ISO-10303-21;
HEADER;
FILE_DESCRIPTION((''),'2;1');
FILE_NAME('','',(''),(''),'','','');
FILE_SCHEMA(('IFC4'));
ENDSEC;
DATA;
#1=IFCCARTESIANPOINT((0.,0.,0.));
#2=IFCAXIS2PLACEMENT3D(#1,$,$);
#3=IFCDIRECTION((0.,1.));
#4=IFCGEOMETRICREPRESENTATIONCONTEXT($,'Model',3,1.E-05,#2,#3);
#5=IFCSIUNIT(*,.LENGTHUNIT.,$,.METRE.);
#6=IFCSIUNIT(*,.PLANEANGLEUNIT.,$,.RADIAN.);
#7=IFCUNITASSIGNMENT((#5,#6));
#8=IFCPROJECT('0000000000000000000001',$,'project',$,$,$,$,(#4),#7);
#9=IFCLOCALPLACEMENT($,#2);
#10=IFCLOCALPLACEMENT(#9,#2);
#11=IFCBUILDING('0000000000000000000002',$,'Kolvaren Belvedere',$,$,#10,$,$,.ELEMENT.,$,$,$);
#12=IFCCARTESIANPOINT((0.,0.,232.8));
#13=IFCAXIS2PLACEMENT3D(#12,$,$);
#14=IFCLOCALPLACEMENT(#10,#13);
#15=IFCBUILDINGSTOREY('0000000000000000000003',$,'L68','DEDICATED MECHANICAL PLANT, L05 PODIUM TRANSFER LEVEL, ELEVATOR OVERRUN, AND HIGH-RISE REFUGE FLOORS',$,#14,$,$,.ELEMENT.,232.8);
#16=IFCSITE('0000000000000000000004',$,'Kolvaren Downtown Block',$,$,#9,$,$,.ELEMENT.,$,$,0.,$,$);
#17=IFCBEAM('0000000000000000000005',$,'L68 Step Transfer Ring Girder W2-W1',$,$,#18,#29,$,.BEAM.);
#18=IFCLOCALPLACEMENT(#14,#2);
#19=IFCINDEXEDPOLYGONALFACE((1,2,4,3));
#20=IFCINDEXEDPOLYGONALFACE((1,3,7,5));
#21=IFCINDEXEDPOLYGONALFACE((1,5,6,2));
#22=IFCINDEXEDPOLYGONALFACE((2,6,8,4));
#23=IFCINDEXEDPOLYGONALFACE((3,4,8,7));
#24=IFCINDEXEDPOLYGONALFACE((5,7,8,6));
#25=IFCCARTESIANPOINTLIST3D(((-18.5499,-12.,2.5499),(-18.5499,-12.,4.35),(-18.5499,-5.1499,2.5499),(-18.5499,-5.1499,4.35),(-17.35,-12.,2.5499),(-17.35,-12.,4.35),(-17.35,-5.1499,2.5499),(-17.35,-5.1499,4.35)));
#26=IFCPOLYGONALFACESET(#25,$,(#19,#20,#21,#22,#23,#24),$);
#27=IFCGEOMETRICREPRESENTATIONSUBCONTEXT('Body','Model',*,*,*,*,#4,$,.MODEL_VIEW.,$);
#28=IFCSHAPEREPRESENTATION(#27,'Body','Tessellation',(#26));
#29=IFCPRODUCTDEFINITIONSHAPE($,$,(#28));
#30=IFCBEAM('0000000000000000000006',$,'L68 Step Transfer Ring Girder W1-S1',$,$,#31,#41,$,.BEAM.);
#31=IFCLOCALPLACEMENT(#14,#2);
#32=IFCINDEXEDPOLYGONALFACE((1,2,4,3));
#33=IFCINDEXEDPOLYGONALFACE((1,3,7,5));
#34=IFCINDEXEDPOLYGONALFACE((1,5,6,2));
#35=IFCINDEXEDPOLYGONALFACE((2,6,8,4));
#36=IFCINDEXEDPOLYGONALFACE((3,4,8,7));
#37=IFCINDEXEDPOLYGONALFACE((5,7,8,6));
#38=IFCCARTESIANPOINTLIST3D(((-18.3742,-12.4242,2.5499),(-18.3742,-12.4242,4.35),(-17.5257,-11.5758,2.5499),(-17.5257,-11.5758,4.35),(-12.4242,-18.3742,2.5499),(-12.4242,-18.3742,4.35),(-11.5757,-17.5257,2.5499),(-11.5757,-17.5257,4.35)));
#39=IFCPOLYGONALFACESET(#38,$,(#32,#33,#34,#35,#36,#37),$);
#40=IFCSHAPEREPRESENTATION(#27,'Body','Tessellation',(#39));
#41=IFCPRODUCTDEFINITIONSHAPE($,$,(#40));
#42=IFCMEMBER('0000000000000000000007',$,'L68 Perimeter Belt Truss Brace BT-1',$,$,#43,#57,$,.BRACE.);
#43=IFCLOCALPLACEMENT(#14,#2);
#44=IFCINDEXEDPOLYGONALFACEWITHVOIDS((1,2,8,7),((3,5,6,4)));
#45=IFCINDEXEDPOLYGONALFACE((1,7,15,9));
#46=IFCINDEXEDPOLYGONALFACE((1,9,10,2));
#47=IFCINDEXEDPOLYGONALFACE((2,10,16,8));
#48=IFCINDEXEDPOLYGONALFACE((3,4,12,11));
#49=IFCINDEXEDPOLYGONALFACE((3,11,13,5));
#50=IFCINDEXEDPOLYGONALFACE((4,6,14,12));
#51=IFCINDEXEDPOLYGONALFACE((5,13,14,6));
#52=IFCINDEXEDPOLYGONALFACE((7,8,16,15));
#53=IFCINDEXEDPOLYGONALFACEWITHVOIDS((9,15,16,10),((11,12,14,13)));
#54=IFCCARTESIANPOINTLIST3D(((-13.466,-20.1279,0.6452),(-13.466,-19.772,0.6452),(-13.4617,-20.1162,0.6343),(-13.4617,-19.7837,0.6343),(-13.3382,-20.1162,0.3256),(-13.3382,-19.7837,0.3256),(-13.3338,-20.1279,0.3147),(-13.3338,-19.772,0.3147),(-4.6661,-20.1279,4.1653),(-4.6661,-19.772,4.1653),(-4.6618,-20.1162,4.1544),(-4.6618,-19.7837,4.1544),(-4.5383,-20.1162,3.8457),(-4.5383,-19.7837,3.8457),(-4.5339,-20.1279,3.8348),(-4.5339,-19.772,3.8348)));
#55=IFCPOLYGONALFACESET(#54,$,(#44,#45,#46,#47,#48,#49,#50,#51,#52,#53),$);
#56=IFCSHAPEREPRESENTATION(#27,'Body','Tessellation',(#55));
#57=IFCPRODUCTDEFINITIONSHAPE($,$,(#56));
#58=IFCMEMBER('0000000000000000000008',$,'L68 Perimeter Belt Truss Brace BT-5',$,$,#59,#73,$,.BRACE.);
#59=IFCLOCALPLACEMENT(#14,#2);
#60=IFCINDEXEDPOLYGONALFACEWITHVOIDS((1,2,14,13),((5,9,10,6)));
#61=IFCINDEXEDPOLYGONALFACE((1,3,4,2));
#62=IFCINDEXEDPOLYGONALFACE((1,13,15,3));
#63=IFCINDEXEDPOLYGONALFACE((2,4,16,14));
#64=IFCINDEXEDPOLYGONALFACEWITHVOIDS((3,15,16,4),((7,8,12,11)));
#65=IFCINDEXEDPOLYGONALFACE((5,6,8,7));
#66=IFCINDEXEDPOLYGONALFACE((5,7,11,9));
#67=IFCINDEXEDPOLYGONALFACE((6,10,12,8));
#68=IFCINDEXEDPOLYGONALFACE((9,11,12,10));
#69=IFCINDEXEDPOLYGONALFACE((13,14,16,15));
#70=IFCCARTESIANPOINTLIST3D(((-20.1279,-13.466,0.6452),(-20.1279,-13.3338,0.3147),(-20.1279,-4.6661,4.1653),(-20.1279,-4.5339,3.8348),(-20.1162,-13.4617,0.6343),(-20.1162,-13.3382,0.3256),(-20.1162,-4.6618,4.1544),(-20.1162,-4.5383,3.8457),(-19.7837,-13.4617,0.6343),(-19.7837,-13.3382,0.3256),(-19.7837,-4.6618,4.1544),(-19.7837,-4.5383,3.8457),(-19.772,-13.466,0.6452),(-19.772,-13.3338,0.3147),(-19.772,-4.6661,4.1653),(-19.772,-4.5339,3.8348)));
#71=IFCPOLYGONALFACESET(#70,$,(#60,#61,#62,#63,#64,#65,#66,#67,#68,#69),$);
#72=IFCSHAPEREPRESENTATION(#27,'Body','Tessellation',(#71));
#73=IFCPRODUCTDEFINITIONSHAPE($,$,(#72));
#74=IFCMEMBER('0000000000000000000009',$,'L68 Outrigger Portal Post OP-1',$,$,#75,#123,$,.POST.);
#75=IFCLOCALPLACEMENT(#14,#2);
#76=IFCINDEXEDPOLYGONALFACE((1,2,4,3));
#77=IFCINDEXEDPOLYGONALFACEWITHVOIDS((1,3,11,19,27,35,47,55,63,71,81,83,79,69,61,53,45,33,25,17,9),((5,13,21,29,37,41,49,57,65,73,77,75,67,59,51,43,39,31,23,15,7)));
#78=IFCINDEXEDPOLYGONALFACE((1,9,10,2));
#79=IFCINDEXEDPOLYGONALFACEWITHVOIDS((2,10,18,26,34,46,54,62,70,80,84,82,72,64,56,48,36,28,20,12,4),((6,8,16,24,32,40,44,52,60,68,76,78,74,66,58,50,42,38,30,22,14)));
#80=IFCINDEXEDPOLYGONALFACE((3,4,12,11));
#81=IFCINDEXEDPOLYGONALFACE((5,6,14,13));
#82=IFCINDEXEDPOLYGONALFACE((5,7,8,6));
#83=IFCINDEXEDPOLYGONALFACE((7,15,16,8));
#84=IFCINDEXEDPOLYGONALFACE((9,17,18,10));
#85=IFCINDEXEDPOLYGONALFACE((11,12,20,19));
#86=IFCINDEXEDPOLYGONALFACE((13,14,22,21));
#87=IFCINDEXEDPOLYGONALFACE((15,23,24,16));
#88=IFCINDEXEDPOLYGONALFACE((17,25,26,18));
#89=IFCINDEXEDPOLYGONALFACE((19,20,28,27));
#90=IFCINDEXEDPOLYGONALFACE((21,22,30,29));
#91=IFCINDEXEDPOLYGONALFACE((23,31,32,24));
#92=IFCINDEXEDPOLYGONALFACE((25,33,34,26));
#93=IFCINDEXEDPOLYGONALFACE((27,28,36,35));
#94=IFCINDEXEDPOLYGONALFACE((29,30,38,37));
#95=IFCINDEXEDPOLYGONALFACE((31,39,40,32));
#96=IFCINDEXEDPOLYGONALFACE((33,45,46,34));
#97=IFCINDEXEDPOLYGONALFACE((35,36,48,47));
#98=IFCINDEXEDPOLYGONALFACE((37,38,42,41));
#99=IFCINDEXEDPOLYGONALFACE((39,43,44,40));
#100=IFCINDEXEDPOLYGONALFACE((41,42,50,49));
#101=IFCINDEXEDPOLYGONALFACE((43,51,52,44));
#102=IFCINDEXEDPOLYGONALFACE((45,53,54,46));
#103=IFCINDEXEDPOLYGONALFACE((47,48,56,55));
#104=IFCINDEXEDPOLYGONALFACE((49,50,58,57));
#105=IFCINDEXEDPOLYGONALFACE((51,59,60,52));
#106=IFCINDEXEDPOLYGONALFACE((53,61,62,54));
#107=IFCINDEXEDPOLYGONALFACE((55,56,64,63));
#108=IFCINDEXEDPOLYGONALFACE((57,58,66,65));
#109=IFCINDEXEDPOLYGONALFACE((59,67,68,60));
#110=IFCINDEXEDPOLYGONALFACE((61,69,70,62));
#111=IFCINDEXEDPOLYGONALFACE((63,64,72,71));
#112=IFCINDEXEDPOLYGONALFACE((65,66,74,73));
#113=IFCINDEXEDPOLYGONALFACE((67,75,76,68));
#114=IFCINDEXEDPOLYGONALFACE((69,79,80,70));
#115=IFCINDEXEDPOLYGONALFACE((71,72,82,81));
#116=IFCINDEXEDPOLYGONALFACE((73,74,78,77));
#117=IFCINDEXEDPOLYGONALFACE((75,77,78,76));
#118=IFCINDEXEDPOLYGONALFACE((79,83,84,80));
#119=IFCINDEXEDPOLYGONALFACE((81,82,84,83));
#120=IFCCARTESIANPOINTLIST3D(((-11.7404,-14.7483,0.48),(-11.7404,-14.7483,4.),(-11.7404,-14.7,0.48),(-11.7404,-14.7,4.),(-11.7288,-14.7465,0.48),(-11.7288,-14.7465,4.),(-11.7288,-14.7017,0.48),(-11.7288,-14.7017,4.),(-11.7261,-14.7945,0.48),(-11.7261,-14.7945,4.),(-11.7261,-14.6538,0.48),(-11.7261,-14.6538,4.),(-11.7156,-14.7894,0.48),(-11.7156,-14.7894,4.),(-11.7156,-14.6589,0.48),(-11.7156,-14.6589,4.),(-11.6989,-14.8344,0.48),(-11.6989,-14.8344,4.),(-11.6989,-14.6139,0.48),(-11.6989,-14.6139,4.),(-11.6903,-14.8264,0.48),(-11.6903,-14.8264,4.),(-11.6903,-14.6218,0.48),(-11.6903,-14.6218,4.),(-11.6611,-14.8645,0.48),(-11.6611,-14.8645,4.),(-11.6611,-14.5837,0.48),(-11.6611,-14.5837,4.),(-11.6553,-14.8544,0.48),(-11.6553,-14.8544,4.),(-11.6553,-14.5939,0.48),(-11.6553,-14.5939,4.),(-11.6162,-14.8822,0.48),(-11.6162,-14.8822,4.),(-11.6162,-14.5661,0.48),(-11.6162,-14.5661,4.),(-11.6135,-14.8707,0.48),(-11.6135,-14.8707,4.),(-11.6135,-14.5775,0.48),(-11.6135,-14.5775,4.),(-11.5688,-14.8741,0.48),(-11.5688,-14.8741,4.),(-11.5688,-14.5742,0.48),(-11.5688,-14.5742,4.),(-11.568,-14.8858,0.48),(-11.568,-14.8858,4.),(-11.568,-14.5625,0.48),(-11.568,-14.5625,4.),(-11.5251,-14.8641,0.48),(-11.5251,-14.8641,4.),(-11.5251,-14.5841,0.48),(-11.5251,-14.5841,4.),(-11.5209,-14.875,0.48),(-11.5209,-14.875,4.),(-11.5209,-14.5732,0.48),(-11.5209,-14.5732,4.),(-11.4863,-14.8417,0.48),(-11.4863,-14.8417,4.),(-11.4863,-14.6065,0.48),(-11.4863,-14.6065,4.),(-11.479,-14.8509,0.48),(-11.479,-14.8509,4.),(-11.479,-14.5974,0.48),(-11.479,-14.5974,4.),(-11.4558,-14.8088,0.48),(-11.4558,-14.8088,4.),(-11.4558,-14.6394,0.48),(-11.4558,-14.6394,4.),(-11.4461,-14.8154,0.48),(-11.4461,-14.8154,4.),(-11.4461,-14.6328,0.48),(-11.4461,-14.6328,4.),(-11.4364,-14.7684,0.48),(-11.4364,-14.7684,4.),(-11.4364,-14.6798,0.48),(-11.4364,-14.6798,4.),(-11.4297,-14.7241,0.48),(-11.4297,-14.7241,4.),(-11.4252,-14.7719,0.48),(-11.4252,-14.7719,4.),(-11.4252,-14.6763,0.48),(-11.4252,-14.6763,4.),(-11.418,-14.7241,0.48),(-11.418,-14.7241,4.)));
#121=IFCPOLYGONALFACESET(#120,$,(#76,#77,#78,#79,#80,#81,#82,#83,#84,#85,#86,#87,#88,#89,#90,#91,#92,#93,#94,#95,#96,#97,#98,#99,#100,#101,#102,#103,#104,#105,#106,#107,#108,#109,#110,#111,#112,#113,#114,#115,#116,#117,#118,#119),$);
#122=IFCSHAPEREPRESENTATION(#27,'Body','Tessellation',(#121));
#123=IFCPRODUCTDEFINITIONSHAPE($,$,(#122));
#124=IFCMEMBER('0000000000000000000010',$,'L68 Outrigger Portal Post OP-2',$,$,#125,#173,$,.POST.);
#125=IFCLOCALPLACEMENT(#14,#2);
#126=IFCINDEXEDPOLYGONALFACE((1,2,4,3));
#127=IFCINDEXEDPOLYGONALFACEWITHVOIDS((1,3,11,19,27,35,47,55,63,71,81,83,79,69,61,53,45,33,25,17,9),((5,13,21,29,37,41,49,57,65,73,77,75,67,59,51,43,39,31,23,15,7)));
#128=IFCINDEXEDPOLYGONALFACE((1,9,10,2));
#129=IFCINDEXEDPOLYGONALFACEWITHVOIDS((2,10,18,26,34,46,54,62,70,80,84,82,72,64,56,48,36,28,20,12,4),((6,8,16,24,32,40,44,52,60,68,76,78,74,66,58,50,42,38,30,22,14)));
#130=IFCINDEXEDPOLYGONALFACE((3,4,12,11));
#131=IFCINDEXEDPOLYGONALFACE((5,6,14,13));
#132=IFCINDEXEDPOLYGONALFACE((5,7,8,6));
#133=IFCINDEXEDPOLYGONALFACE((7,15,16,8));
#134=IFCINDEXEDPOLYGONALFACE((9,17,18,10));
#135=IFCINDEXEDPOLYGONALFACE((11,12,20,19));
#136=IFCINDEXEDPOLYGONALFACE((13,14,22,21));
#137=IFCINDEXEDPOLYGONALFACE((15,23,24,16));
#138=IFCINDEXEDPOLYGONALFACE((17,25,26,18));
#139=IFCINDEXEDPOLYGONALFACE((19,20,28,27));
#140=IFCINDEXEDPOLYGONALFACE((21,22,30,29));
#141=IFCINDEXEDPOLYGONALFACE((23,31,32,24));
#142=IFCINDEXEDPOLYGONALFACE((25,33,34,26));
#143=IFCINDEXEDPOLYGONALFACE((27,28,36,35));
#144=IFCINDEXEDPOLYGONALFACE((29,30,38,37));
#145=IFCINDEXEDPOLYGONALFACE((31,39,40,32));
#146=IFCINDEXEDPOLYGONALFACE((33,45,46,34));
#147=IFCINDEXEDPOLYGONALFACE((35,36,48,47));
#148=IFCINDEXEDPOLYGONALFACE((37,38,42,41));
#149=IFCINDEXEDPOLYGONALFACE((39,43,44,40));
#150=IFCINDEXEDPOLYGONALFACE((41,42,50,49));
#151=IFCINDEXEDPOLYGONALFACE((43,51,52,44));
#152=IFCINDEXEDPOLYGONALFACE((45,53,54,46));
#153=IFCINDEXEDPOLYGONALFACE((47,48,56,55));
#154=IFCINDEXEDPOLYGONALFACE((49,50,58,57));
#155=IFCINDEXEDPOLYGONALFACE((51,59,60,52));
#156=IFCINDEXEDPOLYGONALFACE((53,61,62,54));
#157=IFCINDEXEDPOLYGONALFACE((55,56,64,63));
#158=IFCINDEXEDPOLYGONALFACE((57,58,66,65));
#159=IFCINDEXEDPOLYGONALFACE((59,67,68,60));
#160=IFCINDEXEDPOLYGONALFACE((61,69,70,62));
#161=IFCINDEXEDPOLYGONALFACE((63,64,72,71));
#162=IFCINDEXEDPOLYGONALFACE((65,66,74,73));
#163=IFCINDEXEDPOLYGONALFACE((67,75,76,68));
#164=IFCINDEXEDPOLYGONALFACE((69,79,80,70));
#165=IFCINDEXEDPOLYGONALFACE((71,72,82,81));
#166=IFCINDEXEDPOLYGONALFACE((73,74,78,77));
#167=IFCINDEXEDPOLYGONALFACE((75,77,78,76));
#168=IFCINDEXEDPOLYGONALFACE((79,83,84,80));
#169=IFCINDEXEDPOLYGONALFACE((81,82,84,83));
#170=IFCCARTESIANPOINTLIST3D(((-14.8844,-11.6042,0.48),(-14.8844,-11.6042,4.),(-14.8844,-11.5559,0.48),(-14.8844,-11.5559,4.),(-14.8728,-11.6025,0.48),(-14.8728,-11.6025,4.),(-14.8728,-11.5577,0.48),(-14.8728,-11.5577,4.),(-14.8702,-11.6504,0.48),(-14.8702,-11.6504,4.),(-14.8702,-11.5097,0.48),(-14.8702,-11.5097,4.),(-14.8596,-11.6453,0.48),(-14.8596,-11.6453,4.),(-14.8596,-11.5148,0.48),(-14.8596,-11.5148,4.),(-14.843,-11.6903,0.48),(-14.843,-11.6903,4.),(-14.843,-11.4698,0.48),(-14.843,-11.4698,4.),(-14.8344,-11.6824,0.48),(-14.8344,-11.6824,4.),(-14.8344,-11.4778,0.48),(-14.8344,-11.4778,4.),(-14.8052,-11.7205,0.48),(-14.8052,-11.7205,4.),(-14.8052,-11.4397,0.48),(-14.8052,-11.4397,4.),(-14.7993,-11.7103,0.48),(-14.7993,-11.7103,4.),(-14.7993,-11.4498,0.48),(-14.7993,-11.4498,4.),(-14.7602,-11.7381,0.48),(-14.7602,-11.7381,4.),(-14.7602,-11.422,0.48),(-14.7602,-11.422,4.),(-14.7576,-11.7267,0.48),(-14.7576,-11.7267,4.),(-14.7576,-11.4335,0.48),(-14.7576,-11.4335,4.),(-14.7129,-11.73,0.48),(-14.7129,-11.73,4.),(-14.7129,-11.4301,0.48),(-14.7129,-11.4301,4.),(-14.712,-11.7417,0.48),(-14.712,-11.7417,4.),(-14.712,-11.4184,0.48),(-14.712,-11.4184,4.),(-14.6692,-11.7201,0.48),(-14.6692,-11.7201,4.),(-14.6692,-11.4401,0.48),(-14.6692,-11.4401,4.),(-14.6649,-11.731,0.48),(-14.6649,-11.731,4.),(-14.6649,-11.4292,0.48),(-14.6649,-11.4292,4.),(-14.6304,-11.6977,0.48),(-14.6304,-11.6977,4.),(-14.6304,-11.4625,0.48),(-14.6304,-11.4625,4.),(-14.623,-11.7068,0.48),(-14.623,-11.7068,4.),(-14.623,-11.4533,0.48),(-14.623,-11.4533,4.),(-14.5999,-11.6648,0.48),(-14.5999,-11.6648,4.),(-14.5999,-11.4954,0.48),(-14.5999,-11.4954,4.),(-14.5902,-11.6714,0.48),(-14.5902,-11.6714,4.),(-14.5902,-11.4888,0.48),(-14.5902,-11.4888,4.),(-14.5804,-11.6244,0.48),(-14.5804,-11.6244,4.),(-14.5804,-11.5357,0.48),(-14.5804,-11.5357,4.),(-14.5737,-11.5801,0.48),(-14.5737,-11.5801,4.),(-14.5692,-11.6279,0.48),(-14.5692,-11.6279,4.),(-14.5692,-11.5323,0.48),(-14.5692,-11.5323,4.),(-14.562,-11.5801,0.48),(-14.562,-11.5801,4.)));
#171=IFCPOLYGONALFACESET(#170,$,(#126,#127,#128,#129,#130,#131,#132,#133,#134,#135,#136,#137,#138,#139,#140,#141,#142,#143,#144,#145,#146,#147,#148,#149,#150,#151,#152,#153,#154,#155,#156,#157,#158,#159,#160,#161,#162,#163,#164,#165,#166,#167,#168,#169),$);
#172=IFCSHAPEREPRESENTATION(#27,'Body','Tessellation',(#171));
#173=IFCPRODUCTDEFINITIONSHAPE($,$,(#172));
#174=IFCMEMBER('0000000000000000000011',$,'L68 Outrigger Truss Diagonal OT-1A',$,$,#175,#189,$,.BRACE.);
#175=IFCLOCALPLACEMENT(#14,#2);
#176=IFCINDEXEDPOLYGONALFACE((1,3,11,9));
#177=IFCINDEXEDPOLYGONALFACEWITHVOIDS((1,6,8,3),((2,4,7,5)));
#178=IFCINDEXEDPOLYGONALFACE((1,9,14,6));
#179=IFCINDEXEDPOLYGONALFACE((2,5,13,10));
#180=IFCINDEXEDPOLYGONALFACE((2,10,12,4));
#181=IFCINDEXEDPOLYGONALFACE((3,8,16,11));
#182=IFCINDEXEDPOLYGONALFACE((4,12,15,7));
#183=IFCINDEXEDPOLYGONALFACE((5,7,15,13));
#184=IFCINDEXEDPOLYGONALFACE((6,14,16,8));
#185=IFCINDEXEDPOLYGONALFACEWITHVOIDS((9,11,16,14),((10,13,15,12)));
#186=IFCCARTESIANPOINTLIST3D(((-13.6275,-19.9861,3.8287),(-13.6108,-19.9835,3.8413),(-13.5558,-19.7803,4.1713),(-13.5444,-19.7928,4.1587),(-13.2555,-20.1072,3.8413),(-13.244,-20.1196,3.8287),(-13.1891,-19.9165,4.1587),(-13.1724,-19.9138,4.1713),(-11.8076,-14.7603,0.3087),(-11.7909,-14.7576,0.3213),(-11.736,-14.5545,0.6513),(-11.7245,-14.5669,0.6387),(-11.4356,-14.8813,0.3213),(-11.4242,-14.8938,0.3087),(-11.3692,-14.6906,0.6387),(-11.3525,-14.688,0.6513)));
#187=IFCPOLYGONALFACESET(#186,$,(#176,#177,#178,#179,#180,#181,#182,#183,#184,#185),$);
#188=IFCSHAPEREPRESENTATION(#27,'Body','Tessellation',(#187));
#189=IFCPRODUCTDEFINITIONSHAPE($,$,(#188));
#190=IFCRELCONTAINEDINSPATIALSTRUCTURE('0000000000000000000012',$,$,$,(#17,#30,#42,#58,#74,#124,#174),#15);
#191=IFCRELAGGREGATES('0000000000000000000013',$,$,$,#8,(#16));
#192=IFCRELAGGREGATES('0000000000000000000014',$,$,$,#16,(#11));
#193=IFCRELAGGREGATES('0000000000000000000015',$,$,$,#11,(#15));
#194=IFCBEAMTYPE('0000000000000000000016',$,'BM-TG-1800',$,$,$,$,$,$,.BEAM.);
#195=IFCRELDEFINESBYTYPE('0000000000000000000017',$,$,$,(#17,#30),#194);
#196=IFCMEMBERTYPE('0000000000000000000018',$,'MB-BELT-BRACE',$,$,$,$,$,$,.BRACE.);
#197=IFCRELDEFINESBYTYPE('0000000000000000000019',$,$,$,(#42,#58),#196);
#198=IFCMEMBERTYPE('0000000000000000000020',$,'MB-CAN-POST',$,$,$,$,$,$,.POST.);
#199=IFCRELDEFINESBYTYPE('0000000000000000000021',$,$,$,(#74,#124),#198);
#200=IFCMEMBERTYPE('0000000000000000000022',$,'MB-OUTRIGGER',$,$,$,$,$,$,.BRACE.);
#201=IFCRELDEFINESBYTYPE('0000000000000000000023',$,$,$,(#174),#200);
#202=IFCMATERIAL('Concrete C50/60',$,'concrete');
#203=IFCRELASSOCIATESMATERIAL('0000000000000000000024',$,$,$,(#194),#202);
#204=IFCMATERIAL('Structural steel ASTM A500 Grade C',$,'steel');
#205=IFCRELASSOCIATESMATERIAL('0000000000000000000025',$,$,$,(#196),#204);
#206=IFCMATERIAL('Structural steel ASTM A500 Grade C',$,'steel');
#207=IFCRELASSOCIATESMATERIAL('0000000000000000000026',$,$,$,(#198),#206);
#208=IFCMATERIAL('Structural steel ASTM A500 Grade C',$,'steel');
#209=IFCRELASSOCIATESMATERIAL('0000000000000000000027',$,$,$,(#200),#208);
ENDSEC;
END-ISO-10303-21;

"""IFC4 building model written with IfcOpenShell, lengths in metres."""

from ifc_helpers import new_model, si_unit, direction, frame, origin, origin_2d, place, context, subcontext, project, spatial, rectangle, hollow_rectangle, hollow_circle, extrude, material, material_profile, profile_set, type_object, element, save


model = new_model("IFC4")

# Units and contexts
model_context = context("Model", 3, precision=1e-05, world=origin(), true_north=direction((0.0, 1.0)))
body_context = subcontext(model_context, "Body", "Model", "MODEL_VIEW")
ifc_project = project(units=[si_unit("LENGTHUNIT", "METRE"), si_unit("PLANEANGLEUNIT", "RADIAN")], contexts=[model_context])

# Site, building, storey
site_placement = place(None, origin())
site = spatial("IfcSite", under=ifc_project, at=site_placement, Name="Kolvaren Downtown Block", CompositionType="ELEMENT", RefElevation=0.0)
building_placement = place(site_placement, origin())
building = spatial("IfcBuilding", under=site, at=building_placement, Name="Kolvaren Belvedere", CompositionType="ELEMENT")
storey_placement = place(building_placement, frame((0.0, 0.0, 232.8)))
storey = spatial("IfcBuildingStorey", under=building, at=storey_placement, Name="L68", Description="DEDICATED MECHANICAL PLANT, L05 PODIUM TRANSFER LEVEL, ELEVATOR OVERRUN, AND HIGH-RISE REFUGE FLOORS", CompositionType="ELEMENT", Elevation=232.8)

# Beams
ifc_material_1 = material(Name="Concrete C50/60", Category="concrete")
ifc_material_profile_1 = material_profile(ifc_material_1, rectangle(XDim=1.2, YDim=1.8, at=origin_2d()), Name="RC 1200X1800")
ifc_profile_set_1 = profile_set([ifc_material_profile_1], Name="Concrete C50/60")
beam_type_1 = type_object("IfcBeamType", Name="BM-TG-1800", PredefinedType="BEAM", material=ifc_profile_set_1)
for number, where, z_axis, x_axis, name in (
    (1, (-17.95, -5.1499, 3.45), (0.0, -1.0, 0.0), (1.0, 0.0, 0.0), "L68 Step Transfer Ring Girder W2-W1"),
):
    element("IfcBeam", number, at=place(storey_placement, frame(where, z_axis=z_axis, x_axis=x_axis)), inside=storey, type_object=beam_type_1, Name=name, PredefinedType="BEAM", context=body_context, shape_type="SweptSolid", body=[
        extrude(rectangle(XDim=1.2, YDim=1.8, at=origin_2d()), origin(), (0.0, 0.0, 1.0), 6.8501),
    ])
beam_1_placement = place(storey_placement, frame((-17.95, -12.0, 3.45), z_axis=(0.707107, -0.707107, 0.0), x_axis=(0.707107, 0.707107, 0.0)))
element("IfcBeam", 2, at=beam_1_placement, inside=storey, type_object=beam_type_1, Name="L68 Step Transfer Ring Girder W1-S1", PredefinedType="BEAM", context=body_context, shape_type="SweptSolid", body=[
    extrude(rectangle(XDim=1.2, YDim=1.8, at=origin_2d()), origin(), (0.0, 0.0, 1.0), 8.4146),
])

# Members
ifc_material_2 = material(Name="Structural steel ASTM A500 Grade C", Category="steel")
ifc_material_profile_2 = material_profile(ifc_material_2, hollow_rectangle(XDim=0.356, YDim=0.356, WallThickness=0.0117, at=origin_2d()), Name="HSS14X14X1/2")
ifc_profile_set_2 = profile_set([ifc_material_profile_2], Name="Structural steel ASTM A500 Grade C")
member_type_1 = type_object("IfcMemberType", Name="MB-BELT-BRACE", PredefinedType="BRACE", material=ifc_profile_set_2)
for number, where, z_axis, x_axis, name in (
    (3, (-13.3999, -19.95, 0.48), (0.928473, 0.0, 0.3714), (0.0, 1.0, 0.0), "L68 Perimeter Belt Truss Brace BT-1"),
    (4, (-19.95, -13.3999, 0.48), (0.0, 0.928473, 0.3714), (-1.0, 0.0, 0.0), "L68 Perimeter Belt Truss Brace BT-5"),
):
    element("IfcMember", number, at=place(storey_placement, frame(where, z_axis=z_axis, x_axis=x_axis)), inside=storey, type_object=member_type_1, Name=name, PredefinedType="BRACE", context=body_context, shape_type="SweptSolid", body=[
        extrude(hollow_rectangle(XDim=0.356, YDim=0.356, WallThickness=0.0117, at=origin_2d()), origin(), (0.0, 0.0, 1.0), 9.4778),
    ])
ifc_material_3 = material(Name="Structural steel ASTM A500 Grade C", Category="steel")
ifc_material_profile_3 = material_profile(ifc_material_3, hollow_circle(Radius=0.1621, WallThickness=0.0117, at=origin_2d()), Name="HSS12.750X0.500")
ifc_profile_set_3 = profile_set([ifc_material_profile_3], Name="Structural steel ASTM A500 Grade C")
member_type_2 = type_object("IfcMemberType", Name="MB-CAN-POST", PredefinedType="POST", material=ifc_profile_set_3)
for number, where, z_axis, x_axis, name in (
    (5, (-11.5801, -14.7241, 0.48), (0.0, 0.0, 1.0), (1.0, 0.0, 0.0), "L68 Outrigger Portal Post OP-1"),
    (6, (-14.7241, -11.5801, 0.48), (0.0, 0.0, 1.0), (1.0, 0.0, 0.0), "L68 Outrigger Portal Post OP-2"),
):
    element("IfcMember", number, at=place(storey_placement, frame(where, z_axis=z_axis, x_axis=x_axis)), inside=storey, type_object=member_type_2, Name=name, PredefinedType="POST", context=body_context, shape_type="SweptSolid", body=[
        extrude(hollow_circle(Radius=0.1621, WallThickness=0.0117, at=origin_2d()), origin(), (0.0, 0.0, 1.0), 3.52),
    ])
ifc_material_4 = material(Name="Structural steel ASTM A500 Grade C", Category="steel")
ifc_material_profile_4 = material_profile(ifc_material_4, hollow_rectangle(XDim=0.406, YDim=0.406, WallThickness=0.0149, at=origin_2d()), Name="HSS16X16X5/8")
ifc_profile_set_4 = profile_set([ifc_material_profile_4], Name="Structural steel ASTM A500 Grade C")
member_type_3 = type_object("IfcMemberType", Name="MB-OUTRIGGER", PredefinedType="BRACE", material=ifc_profile_set_4)
for number, where, z_axis, x_axis, name in (
    (7, (-11.5801, -14.7241, 0.48), (-0.277483, -0.796824, 0.536726), (0.944377, -0.328866, 0.0), "L68 Outrigger Truss Diagonal OT-1A"),
):
    element("IfcMember", number, at=place(storey_placement, frame(where, z_axis=z_axis, x_axis=x_axis)), inside=storey, type_object=member_type_3, Name=name, PredefinedType="BRACE", context=body_context, shape_type="SweptSolid", body=[
        extrude(hollow_rectangle(XDim=0.406, YDim=0.406, WallThickness=0.0149, at=origin_2d()), origin(), (0.0, 0.0, 1.0), 6.5583),
    ])

save(model, "model.ifc")
